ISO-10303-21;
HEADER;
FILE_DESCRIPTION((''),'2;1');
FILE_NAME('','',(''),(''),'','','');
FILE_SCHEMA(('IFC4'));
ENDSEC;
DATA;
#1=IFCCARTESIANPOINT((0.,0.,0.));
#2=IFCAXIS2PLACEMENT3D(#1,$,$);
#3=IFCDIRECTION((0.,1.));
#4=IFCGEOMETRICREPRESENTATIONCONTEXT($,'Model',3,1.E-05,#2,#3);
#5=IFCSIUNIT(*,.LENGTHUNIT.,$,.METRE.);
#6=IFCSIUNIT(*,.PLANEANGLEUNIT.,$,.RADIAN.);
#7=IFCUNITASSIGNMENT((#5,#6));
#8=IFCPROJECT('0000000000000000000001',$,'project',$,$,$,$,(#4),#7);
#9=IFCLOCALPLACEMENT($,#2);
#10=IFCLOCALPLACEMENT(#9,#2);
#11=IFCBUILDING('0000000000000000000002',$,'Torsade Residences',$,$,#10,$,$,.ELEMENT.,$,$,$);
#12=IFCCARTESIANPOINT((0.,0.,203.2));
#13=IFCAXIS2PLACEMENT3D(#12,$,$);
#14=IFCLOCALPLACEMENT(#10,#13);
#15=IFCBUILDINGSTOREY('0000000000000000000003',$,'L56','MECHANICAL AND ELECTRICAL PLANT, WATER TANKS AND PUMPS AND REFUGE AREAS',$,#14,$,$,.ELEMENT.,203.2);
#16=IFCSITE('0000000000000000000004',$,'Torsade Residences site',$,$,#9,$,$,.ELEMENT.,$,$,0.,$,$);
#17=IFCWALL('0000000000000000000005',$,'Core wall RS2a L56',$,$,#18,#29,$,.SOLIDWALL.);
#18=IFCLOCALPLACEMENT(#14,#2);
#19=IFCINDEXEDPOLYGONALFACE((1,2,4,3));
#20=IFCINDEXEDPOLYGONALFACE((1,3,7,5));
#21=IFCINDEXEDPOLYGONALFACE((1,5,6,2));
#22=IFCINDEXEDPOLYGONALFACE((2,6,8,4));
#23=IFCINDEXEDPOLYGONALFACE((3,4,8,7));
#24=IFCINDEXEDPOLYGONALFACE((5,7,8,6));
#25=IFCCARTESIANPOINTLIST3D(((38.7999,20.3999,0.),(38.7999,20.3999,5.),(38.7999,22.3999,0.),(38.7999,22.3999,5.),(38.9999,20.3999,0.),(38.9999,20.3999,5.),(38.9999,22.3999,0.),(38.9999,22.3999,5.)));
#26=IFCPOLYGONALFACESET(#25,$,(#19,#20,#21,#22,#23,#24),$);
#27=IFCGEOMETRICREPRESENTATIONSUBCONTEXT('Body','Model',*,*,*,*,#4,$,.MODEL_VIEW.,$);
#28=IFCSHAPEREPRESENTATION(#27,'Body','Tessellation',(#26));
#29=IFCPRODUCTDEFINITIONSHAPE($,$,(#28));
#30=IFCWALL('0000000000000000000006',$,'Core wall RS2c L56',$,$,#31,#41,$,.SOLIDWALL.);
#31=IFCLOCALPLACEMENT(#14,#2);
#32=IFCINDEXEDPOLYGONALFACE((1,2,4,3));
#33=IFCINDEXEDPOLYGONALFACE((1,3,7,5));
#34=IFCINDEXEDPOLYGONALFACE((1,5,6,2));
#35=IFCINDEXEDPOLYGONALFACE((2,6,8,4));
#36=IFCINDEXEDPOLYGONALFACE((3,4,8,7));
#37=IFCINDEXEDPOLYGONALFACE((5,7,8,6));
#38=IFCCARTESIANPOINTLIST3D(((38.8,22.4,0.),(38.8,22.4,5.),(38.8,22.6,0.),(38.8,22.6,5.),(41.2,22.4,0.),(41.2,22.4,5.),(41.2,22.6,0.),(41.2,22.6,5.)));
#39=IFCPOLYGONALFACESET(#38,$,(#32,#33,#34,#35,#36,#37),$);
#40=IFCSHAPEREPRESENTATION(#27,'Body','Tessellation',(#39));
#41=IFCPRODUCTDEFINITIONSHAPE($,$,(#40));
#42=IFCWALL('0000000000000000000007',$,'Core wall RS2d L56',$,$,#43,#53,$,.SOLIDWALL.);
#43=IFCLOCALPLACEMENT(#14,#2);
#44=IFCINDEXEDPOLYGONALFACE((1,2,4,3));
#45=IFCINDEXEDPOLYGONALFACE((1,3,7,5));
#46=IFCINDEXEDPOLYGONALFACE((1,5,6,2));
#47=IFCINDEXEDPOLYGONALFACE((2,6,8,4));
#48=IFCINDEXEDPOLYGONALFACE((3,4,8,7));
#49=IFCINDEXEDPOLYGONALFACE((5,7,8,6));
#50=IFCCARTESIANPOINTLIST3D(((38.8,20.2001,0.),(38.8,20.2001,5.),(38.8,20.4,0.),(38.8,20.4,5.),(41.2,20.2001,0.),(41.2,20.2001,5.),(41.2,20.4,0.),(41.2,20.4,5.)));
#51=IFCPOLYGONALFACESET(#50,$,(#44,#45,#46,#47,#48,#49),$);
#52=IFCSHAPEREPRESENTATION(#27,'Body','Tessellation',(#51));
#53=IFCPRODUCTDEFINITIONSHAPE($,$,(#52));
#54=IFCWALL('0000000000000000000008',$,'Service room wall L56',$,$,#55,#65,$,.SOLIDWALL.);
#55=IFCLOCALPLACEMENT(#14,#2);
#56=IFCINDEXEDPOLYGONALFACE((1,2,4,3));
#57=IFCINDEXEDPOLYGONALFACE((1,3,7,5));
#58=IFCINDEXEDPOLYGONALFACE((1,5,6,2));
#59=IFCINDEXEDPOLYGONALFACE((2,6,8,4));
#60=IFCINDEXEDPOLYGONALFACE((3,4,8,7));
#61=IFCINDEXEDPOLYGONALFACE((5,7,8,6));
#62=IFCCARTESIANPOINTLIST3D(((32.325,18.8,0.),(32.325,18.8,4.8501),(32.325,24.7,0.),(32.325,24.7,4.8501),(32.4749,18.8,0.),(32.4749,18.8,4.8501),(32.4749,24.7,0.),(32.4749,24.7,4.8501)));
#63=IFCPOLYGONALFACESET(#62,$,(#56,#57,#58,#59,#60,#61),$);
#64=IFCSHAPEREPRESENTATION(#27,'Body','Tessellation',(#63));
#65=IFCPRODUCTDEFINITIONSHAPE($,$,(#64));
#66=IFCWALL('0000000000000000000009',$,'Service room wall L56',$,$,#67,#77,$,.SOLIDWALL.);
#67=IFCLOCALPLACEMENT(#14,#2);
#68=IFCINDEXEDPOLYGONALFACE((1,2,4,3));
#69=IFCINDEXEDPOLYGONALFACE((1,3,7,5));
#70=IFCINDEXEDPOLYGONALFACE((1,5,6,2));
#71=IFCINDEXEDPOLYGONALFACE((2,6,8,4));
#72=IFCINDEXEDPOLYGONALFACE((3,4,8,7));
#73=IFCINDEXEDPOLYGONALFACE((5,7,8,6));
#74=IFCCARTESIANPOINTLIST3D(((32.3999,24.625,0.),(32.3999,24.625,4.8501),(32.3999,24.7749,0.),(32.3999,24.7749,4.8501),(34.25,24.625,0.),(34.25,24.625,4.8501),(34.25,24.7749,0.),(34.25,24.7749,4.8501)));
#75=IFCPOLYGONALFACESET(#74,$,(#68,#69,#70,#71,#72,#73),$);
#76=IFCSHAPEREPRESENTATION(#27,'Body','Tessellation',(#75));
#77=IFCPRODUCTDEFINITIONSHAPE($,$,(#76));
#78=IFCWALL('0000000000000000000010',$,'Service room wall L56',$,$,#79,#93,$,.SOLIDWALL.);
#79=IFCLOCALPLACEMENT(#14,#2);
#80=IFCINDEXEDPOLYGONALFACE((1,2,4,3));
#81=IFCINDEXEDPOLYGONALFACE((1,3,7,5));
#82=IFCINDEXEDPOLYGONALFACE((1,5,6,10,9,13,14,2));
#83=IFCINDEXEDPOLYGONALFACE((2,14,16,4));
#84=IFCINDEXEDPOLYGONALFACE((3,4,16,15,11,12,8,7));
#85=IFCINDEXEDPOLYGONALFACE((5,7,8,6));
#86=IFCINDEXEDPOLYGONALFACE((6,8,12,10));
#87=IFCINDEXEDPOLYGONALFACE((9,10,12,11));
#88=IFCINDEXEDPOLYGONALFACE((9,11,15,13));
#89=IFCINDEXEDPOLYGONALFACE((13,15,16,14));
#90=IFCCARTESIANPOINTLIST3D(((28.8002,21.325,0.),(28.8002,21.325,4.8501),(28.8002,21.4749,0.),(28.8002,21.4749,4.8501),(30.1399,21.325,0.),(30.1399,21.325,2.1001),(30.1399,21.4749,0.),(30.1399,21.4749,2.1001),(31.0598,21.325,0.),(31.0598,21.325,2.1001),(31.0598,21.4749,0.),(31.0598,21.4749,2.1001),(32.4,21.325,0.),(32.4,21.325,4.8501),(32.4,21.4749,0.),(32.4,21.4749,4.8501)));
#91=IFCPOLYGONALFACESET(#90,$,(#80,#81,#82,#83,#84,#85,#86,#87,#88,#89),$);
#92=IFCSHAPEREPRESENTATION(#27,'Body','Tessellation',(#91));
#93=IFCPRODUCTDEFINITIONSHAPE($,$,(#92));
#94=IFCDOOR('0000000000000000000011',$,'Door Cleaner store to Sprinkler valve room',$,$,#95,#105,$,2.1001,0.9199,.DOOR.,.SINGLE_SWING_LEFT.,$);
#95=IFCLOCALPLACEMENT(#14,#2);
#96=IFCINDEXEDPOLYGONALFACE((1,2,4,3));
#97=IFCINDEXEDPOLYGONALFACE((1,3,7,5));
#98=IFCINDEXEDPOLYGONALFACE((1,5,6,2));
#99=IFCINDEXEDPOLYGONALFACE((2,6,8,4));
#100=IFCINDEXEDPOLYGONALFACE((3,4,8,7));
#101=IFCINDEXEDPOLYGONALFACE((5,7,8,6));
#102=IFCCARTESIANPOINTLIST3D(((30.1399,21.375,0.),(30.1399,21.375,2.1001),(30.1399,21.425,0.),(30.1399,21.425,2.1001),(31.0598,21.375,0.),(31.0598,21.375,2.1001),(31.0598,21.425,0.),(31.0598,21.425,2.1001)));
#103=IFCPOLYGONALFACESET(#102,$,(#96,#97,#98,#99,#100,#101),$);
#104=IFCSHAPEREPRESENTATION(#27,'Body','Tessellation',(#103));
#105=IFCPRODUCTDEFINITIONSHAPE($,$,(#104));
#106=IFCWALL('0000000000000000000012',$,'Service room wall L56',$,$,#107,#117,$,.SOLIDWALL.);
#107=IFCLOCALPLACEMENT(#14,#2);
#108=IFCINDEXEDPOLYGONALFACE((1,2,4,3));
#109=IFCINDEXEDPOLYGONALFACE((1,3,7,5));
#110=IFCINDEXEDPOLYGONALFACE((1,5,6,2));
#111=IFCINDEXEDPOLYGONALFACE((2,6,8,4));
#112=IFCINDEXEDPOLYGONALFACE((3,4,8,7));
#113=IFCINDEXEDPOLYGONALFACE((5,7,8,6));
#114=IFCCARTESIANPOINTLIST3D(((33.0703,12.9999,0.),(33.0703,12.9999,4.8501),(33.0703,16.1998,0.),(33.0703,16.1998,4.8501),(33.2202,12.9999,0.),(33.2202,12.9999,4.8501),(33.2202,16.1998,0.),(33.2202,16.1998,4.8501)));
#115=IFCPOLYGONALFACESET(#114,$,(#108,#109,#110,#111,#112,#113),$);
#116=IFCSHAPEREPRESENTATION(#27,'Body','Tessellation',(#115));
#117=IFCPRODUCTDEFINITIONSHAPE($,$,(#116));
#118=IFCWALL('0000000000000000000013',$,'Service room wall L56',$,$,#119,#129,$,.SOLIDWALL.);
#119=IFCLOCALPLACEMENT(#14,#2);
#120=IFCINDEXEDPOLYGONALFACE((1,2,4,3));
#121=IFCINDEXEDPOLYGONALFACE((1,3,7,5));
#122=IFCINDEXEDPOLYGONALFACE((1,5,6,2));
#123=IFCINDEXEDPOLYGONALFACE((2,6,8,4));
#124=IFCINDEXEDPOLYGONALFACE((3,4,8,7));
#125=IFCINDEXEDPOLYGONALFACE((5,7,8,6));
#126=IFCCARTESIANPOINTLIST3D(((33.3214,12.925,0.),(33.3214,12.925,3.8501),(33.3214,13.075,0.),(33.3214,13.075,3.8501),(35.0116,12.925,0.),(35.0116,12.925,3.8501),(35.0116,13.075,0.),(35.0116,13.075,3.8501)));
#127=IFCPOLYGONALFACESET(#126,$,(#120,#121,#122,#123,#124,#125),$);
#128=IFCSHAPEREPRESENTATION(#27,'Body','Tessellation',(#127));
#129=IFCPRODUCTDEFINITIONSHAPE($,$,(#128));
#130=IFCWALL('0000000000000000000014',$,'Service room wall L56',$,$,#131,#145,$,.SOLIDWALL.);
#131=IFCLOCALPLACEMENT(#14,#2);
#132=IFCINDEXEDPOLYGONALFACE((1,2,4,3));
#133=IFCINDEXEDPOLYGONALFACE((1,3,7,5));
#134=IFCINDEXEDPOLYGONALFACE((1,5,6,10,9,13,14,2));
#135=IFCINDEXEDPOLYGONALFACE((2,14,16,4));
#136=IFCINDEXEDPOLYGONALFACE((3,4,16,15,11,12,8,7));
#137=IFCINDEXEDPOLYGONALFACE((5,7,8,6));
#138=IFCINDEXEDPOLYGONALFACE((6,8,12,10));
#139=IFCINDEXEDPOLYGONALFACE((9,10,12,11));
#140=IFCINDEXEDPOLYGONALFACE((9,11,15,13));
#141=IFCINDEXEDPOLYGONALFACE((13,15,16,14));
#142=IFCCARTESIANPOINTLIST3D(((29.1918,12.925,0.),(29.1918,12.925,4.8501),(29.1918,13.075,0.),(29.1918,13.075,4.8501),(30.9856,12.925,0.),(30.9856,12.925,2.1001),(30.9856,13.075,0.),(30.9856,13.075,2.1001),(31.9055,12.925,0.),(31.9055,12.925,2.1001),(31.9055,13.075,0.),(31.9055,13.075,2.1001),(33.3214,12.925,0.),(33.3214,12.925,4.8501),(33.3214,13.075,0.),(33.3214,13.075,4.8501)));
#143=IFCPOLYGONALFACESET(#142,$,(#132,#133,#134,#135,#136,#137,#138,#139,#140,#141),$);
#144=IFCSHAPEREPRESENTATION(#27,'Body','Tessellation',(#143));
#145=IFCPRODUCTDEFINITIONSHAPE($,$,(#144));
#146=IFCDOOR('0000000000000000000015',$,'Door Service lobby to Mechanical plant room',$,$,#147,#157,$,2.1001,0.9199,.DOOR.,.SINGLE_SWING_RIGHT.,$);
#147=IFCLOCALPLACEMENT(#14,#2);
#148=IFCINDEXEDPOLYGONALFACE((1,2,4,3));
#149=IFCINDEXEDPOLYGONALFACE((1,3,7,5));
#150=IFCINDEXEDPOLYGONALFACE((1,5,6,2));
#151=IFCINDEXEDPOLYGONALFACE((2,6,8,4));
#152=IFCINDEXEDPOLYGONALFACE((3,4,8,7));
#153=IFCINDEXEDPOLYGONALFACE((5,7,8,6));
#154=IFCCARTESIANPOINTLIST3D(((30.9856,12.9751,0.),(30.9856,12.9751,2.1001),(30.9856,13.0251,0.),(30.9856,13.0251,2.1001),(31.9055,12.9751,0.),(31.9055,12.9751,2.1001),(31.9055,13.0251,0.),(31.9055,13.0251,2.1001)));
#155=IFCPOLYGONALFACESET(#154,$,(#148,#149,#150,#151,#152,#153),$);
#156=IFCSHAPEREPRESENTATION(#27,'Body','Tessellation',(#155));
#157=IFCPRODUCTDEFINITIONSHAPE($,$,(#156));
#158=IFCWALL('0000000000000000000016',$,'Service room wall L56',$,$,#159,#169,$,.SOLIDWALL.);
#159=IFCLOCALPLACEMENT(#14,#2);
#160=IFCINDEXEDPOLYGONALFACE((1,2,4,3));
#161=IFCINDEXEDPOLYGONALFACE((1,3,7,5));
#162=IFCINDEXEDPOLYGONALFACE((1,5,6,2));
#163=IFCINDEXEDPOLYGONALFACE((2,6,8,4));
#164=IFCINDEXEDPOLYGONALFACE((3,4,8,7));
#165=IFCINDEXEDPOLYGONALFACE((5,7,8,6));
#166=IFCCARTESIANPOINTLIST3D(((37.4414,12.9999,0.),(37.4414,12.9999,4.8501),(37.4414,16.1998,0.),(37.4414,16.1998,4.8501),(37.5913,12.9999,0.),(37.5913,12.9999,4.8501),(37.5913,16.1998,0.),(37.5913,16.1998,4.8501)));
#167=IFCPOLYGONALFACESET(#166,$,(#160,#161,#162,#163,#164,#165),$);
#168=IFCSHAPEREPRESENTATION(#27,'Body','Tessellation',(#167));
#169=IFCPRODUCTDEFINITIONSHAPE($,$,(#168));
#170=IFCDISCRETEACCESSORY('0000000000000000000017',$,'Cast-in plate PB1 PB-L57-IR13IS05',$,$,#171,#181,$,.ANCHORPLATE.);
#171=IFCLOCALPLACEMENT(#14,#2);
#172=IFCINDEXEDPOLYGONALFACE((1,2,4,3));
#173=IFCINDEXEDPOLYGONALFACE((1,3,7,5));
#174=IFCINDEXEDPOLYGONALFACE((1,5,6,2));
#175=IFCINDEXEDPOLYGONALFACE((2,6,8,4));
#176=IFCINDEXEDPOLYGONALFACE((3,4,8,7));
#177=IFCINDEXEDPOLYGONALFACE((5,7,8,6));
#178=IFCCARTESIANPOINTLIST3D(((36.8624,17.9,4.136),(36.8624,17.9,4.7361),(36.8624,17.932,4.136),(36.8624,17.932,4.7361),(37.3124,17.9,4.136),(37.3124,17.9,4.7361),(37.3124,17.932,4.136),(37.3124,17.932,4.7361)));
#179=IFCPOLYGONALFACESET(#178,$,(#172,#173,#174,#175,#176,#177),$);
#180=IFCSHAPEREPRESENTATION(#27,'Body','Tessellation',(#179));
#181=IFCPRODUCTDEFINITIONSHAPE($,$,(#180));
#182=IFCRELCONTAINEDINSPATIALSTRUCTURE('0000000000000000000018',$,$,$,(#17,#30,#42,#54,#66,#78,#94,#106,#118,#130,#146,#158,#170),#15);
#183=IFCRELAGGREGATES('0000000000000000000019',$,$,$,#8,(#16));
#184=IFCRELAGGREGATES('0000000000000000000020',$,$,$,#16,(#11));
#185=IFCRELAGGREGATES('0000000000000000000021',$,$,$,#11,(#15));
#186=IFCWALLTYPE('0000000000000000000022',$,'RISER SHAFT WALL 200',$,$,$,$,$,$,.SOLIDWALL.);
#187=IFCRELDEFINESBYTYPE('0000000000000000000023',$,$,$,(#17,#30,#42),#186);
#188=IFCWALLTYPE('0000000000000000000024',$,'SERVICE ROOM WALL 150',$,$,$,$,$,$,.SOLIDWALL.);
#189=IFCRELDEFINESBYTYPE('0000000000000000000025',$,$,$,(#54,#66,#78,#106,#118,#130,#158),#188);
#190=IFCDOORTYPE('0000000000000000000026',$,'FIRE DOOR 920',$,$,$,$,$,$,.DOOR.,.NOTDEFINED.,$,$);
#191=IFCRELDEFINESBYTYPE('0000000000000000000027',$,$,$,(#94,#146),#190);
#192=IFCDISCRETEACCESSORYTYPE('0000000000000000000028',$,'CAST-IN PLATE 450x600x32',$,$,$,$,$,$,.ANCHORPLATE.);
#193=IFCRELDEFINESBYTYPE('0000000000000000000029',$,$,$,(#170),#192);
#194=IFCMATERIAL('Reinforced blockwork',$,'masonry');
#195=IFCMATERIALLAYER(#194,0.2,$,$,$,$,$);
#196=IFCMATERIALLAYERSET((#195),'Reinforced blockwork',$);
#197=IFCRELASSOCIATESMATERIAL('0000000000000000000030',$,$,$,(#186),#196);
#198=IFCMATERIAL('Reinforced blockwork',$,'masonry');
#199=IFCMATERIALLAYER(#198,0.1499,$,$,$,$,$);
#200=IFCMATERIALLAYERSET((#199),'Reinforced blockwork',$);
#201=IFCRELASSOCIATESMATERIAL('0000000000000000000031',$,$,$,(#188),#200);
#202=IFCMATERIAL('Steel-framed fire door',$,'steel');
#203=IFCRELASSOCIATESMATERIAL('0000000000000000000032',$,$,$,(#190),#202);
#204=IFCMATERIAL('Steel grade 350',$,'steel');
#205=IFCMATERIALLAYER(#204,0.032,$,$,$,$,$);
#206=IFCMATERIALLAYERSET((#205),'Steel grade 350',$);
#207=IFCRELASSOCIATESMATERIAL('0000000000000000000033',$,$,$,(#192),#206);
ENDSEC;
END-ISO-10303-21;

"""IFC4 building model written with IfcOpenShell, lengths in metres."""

from ifc_helpers import new_model, si_unit, direction, frame, frame_2d, origin, origin_2d, place, context, subcontext, project, spatial, rectangle, extrude, material, layer, layer_set, type_object, element, fill, save


model = new_model("IFC4")

# Units and contexts
model_context = context("Model", 3, precision=1e-05, world=origin(), true_north=direction((0.0, 1.0)))
body_context = subcontext(model_context, "Body", "Model", "MODEL_VIEW")
ifc_project = project(units=[si_unit("LENGTHUNIT", "METRE"), si_unit("PLANEANGLEUNIT", "RADIAN")], contexts=[model_context])

# Site, building, storey
site_placement = place(None, origin())
site = spatial("IfcSite", under=ifc_project, at=site_placement, Name="Torsade Residences site", CompositionType="ELEMENT", RefElevation=0.0)
building_placement = place(site_placement, origin())
building = spatial("IfcBuilding", under=site, at=building_placement, Name="Torsade Residences", CompositionType="ELEMENT")
storey_placement = place(building_placement, frame((0.0, 0.0, 203.2)))
storey = spatial("IfcBuildingStorey", under=building, at=storey_placement, Name="L56", Description="MECHANICAL AND ELECTRICAL PLANT, WATER TANKS AND PUMPS AND REFUGE AREAS", CompositionType="ELEMENT", Elevation=203.2)

# Walls
ifc_material_1 = material(Name="Reinforced blockwork", Category="masonry")
ifc_layer_1 = layer(ifc_material_1, 0.2)
ifc_layer_set_1 = layer_set([ifc_layer_1], Name="Reinforced blockwork")
wall_type_1 = type_object("IfcWallType", Name="RISER SHAFT WALL 200", PredefinedType="SOLIDWALL", material=ifc_layer_set_1)
wall_1_placement = place(storey_placement, frame((38.8999, 22.3999, 0.0), z_axis=(0.0, 0.0, 1.0), x_axis=(0.0, -1.0, 0.0)))
element("IfcWall", 1, at=wall_1_placement, inside=storey, type_object=wall_type_1, Name="Core wall RS2a L56", PredefinedType="SOLIDWALL", context=body_context, shape_type="SweptSolid", body=[
    extrude(rectangle(XDim=2.0, YDim=0.2, at=frame_2d((1.0, 0.0))), origin(), (0.0, 0.0, 1.0), 5.0),
])
for number, where, z_axis, x_axis, name in (
    (2, (38.8, 22.5, 0.0), (0.0, 0.0, 1.0), (1.0, 0.0, 0.0), "Core wall RS2c L56"),
    (3, (38.8, 20.3, 0.0), (0.0, 0.0, 1.0), (1.0, 0.0, 0.0), "Core wall RS2d L56"),
):
    element("IfcWall", number, at=place(storey_placement, frame(where, z_axis=z_axis, x_axis=x_axis)), inside=storey, type_object=wall_type_1, Name=name, PredefinedType="SOLIDWALL", context=body_context, shape_type="SweptSolid", body=[
        extrude(rectangle(XDim=2.3999, YDim=0.2, at=frame_2d((1.2, 0.0))), origin(), (0.0, 0.0, 1.0), 5.0),
    ])
ifc_material_2 = material(Name="Reinforced blockwork", Category="masonry")
ifc_layer_2 = layer(ifc_material_2, 0.1499)
ifc_layer_set_2 = layer_set([ifc_layer_2], Name="Reinforced blockwork")
wall_type_2 = type_object("IfcWallType", Name="SERVICE ROOM WALL 150", PredefinedType="SOLIDWALL", material=ifc_layer_set_2)
wall_2_placement = place(storey_placement, frame((32.3999, 18.8, 0.0), z_axis=(0.0, 0.0, 1.0), x_axis=(0.0, 1.0, 0.0)))
element("IfcWall", 4, at=wall_2_placement, inside=storey, type_object=wall_type_2, Name="Service room wall L56", PredefinedType="SOLIDWALL", context=body_context, shape_type="SweptSolid", body=[
    extrude(rectangle(XDim=5.8999, YDim=0.1499, at=frame_2d((2.95, 0.0))), origin(), (0.0, 0.0, 1.0), 4.8501),
])
wall_3_placement = place(storey_placement, frame((32.3999, 24.7, 0.0), z_axis=(0.0, 0.0, 1.0), x_axis=(1.0, 0.0, 0.0)))
element("IfcWall", 5, at=wall_3_placement, inside=storey, type_object=wall_type_2, Name="Service room wall L56", PredefinedType="SOLIDWALL", context=body_context, shape_type="SweptSolid", body=[
    extrude(rectangle(XDim=1.8501, YDim=0.1499, at=frame_2d((0.925, 0.0))), origin(), (0.0, 0.0, 1.0), 4.8501),
])

# Wall, opening, door
wall_4_placement = place(storey_placement, frame((32.3999, 21.3999, 0.0), z_axis=(0.0, 0.0, 1.0), x_axis=(-1.0, 0.0, 0.0)))
wall_4 = element("IfcWall", 6, at=wall_4_placement, inside=storey, type_object=wall_type_2, Name="Service room wall L56", PredefinedType="SOLIDWALL", context=body_context, shape_type="SweptSolid", body=[
    extrude(rectangle(XDim=3.5999, YDim=0.1499, at=frame_2d((1.7998, 0.0))), origin(), (0.0, 0.0, 1.0), 4.8501),
])
opening_1_placement = place(wall_4_placement, frame((1.3401, 0.0, 0.0)))
opening_1 = element("IfcOpeningElement", 7, at=opening_1_placement, cuts=wall_4, PredefinedType="OPENING", context=body_context, shape_type="SweptSolid", body=[
    extrude(rectangle(XDim=0.9199, YDim=2.1001, at=frame_2d((0.46, 1.05))), frame((0.0, 0.085, 0.0), z_axis=(0.0, -1.0, 0.0), x_axis=(1.0, 0.0, 0.0)), (0.0, 0.0, 1.0), 0.1699),
])
ifc_material_3 = material(Name="Steel-framed fire door", Category="steel")
door_type = type_object("IfcDoorType", Name="FIRE DOOR 920", OperationType="NOTDEFINED", PredefinedType="DOOR", material=ifc_material_3)
door_1_placement = place(opening_1_placement, origin())
door_1 = element("IfcDoor", 8, at=door_1_placement, inside=storey, type_object=door_type, Name="Door Cleaner store to Sprinkler valve room", OperationType="SINGLE_SWING_LEFT", OverallHeight=2.1001, OverallWidth=0.9199, PredefinedType="DOOR", context=body_context, shape_type="SweptSolid", body=[
    extrude(rectangle(XDim=0.9199, YDim=2.1001, at=frame_2d((0.46, 1.05))), frame((0.0, 0.0249, 0.0), z_axis=(0.0, -1.0, 0.0), x_axis=(1.0, 0.0, 0.0)), (0.0, 0.0, 1.0), 0.05),
])
fill(opening_1, door_1)

# Walls
wall_5_placement = place(storey_placement, frame((33.1453, 16.2, 0.0), z_axis=(0.0, 0.0, 1.0), x_axis=(0.0, -1.0, 0.0)))
element("IfcWall", 9, at=wall_5_placement, inside=storey, type_object=wall_type_2, Name="Service room wall L56", PredefinedType="SOLIDWALL", context=body_context, shape_type="SweptSolid", body=[
    extrude(rectangle(XDim=3.2, YDim=0.1499, at=frame_2d((1.6001, 0.0))), origin(), (0.0, 0.0, 1.0), 4.8501),
])
wall_6_placement = place(storey_placement, frame((35.0117, 13.0, 0.0), z_axis=(0.0, 0.0, 1.0), x_axis=(-1.0, 0.0, 0.0)))
element("IfcWall", 10, at=wall_6_placement, inside=storey, type_object=wall_type_2, Name="Service room wall L56", PredefinedType="SOLIDWALL", context=body_context, shape_type="SweptSolid", body=[
    extrude(rectangle(XDim=1.6902, YDim=0.1499, at=frame_2d((0.8452, 0.0))), origin(), (0.0, 0.0, 1.0), 3.8501),
])

# Wall, opening, door
wall_7_placement = place(storey_placement, frame((33.3215, 13.0, 0.0), z_axis=(0.0, 0.0, 1.0), x_axis=(-1.0, 0.0, 0.0)))
wall_7 = element("IfcWall", 11, at=wall_7_placement, inside=storey, type_object=wall_type_2, Name="Service room wall L56", PredefinedType="SOLIDWALL", context=body_context, shape_type="SweptSolid", body=[
    extrude(rectangle(XDim=4.1296, YDim=0.1499, at=frame_2d((2.0649, 0.0))), origin(), (0.0, 0.0, 1.0), 4.8501),
])
opening_2_placement = place(wall_7_placement, frame((1.416, 0.0, 0.0)))
opening_2 = element("IfcOpeningElement", 12, at=opening_2_placement, cuts=wall_7, PredefinedType="OPENING", context=body_context, shape_type="SweptSolid", body=[
    extrude(rectangle(XDim=0.9199, YDim=2.1001, at=frame_2d((0.46, 1.05))), frame((0.0, 0.085, 0.0), z_axis=(0.0, -1.0, 0.0), x_axis=(1.0, 0.0, 0.0)), (0.0, 0.0, 1.0), 0.1699),
])
door_2_placement = place(opening_2_placement, origin())
door_2 = element("IfcDoor", 13, at=door_2_placement, inside=storey, type_object=door_type, Name="Door Service lobby to Mechanical plant room", OperationType="SINGLE_SWING_RIGHT", OverallHeight=2.1001, OverallWidth=0.9199, PredefinedType="DOOR", context=body_context, shape_type="SweptSolid", body=[
    extrude(rectangle(XDim=0.9199, YDim=2.1001, at=frame_2d((0.46, 1.05))), frame((0.0, 0.0249, 0.0), z_axis=(0.0, -1.0, 0.0), x_axis=(1.0, 0.0, 0.0)), (0.0, 0.0, 1.0), 0.05),
])
fill(opening_2, door_2)

# Wall
wall_8_placement = place(storey_placement, frame((37.5164, 16.2, 0.0), z_axis=(0.0, 0.0, 1.0), x_axis=(0.0, -1.0, 0.0)))
element("IfcWall", 14, at=wall_8_placement, inside=storey, type_object=wall_type_2, Name="Service room wall L56", PredefinedType="SOLIDWALL", context=body_context, shape_type="SweptSolid", body=[
    extrude(rectangle(XDim=3.2, YDim=0.1499, at=frame_2d((1.6001, 0.0))), origin(), (0.0, 0.0, 1.0), 4.8501),
])

# Discrete accessory
ifc_material_4 = material(Name="Steel grade 350", Category="steel")
ifc_layer_3 = layer(ifc_material_4, 0.032)
ifc_layer_set_3 = layer_set([ifc_layer_3], Name="Steel grade 350")
discrete_accessory_type = type_object("IfcDiscreteAccessoryType", Name="CAST-IN PLATE 450x600x32", PredefinedType="ANCHORPLATE", material=ifc_layer_set_3)
for number, where, z_axis, x_axis, name in (
    (15, (37.0874, 17.916, 4.136), (0.0, 0.0, 1.0), (1.0, 0.0, 0.0), "Cast-in plate PB1 PB-L57-IR13IS05"),
):
    element("IfcDiscreteAccessory", number, at=place(storey_placement, frame(where, z_axis=z_axis, x_axis=x_axis)), inside=storey, type_object=discrete_accessory_type, Name=name, PredefinedType="ANCHORPLATE", context=body_context, shape_type="SweptSolid", body=[
        extrude(rectangle(XDim=0.45, YDim=0.032, at=origin_2d()), origin(), (0.0, 0.0, 1.0), 0.6001),
    ])

save(model, "model.ifc")
